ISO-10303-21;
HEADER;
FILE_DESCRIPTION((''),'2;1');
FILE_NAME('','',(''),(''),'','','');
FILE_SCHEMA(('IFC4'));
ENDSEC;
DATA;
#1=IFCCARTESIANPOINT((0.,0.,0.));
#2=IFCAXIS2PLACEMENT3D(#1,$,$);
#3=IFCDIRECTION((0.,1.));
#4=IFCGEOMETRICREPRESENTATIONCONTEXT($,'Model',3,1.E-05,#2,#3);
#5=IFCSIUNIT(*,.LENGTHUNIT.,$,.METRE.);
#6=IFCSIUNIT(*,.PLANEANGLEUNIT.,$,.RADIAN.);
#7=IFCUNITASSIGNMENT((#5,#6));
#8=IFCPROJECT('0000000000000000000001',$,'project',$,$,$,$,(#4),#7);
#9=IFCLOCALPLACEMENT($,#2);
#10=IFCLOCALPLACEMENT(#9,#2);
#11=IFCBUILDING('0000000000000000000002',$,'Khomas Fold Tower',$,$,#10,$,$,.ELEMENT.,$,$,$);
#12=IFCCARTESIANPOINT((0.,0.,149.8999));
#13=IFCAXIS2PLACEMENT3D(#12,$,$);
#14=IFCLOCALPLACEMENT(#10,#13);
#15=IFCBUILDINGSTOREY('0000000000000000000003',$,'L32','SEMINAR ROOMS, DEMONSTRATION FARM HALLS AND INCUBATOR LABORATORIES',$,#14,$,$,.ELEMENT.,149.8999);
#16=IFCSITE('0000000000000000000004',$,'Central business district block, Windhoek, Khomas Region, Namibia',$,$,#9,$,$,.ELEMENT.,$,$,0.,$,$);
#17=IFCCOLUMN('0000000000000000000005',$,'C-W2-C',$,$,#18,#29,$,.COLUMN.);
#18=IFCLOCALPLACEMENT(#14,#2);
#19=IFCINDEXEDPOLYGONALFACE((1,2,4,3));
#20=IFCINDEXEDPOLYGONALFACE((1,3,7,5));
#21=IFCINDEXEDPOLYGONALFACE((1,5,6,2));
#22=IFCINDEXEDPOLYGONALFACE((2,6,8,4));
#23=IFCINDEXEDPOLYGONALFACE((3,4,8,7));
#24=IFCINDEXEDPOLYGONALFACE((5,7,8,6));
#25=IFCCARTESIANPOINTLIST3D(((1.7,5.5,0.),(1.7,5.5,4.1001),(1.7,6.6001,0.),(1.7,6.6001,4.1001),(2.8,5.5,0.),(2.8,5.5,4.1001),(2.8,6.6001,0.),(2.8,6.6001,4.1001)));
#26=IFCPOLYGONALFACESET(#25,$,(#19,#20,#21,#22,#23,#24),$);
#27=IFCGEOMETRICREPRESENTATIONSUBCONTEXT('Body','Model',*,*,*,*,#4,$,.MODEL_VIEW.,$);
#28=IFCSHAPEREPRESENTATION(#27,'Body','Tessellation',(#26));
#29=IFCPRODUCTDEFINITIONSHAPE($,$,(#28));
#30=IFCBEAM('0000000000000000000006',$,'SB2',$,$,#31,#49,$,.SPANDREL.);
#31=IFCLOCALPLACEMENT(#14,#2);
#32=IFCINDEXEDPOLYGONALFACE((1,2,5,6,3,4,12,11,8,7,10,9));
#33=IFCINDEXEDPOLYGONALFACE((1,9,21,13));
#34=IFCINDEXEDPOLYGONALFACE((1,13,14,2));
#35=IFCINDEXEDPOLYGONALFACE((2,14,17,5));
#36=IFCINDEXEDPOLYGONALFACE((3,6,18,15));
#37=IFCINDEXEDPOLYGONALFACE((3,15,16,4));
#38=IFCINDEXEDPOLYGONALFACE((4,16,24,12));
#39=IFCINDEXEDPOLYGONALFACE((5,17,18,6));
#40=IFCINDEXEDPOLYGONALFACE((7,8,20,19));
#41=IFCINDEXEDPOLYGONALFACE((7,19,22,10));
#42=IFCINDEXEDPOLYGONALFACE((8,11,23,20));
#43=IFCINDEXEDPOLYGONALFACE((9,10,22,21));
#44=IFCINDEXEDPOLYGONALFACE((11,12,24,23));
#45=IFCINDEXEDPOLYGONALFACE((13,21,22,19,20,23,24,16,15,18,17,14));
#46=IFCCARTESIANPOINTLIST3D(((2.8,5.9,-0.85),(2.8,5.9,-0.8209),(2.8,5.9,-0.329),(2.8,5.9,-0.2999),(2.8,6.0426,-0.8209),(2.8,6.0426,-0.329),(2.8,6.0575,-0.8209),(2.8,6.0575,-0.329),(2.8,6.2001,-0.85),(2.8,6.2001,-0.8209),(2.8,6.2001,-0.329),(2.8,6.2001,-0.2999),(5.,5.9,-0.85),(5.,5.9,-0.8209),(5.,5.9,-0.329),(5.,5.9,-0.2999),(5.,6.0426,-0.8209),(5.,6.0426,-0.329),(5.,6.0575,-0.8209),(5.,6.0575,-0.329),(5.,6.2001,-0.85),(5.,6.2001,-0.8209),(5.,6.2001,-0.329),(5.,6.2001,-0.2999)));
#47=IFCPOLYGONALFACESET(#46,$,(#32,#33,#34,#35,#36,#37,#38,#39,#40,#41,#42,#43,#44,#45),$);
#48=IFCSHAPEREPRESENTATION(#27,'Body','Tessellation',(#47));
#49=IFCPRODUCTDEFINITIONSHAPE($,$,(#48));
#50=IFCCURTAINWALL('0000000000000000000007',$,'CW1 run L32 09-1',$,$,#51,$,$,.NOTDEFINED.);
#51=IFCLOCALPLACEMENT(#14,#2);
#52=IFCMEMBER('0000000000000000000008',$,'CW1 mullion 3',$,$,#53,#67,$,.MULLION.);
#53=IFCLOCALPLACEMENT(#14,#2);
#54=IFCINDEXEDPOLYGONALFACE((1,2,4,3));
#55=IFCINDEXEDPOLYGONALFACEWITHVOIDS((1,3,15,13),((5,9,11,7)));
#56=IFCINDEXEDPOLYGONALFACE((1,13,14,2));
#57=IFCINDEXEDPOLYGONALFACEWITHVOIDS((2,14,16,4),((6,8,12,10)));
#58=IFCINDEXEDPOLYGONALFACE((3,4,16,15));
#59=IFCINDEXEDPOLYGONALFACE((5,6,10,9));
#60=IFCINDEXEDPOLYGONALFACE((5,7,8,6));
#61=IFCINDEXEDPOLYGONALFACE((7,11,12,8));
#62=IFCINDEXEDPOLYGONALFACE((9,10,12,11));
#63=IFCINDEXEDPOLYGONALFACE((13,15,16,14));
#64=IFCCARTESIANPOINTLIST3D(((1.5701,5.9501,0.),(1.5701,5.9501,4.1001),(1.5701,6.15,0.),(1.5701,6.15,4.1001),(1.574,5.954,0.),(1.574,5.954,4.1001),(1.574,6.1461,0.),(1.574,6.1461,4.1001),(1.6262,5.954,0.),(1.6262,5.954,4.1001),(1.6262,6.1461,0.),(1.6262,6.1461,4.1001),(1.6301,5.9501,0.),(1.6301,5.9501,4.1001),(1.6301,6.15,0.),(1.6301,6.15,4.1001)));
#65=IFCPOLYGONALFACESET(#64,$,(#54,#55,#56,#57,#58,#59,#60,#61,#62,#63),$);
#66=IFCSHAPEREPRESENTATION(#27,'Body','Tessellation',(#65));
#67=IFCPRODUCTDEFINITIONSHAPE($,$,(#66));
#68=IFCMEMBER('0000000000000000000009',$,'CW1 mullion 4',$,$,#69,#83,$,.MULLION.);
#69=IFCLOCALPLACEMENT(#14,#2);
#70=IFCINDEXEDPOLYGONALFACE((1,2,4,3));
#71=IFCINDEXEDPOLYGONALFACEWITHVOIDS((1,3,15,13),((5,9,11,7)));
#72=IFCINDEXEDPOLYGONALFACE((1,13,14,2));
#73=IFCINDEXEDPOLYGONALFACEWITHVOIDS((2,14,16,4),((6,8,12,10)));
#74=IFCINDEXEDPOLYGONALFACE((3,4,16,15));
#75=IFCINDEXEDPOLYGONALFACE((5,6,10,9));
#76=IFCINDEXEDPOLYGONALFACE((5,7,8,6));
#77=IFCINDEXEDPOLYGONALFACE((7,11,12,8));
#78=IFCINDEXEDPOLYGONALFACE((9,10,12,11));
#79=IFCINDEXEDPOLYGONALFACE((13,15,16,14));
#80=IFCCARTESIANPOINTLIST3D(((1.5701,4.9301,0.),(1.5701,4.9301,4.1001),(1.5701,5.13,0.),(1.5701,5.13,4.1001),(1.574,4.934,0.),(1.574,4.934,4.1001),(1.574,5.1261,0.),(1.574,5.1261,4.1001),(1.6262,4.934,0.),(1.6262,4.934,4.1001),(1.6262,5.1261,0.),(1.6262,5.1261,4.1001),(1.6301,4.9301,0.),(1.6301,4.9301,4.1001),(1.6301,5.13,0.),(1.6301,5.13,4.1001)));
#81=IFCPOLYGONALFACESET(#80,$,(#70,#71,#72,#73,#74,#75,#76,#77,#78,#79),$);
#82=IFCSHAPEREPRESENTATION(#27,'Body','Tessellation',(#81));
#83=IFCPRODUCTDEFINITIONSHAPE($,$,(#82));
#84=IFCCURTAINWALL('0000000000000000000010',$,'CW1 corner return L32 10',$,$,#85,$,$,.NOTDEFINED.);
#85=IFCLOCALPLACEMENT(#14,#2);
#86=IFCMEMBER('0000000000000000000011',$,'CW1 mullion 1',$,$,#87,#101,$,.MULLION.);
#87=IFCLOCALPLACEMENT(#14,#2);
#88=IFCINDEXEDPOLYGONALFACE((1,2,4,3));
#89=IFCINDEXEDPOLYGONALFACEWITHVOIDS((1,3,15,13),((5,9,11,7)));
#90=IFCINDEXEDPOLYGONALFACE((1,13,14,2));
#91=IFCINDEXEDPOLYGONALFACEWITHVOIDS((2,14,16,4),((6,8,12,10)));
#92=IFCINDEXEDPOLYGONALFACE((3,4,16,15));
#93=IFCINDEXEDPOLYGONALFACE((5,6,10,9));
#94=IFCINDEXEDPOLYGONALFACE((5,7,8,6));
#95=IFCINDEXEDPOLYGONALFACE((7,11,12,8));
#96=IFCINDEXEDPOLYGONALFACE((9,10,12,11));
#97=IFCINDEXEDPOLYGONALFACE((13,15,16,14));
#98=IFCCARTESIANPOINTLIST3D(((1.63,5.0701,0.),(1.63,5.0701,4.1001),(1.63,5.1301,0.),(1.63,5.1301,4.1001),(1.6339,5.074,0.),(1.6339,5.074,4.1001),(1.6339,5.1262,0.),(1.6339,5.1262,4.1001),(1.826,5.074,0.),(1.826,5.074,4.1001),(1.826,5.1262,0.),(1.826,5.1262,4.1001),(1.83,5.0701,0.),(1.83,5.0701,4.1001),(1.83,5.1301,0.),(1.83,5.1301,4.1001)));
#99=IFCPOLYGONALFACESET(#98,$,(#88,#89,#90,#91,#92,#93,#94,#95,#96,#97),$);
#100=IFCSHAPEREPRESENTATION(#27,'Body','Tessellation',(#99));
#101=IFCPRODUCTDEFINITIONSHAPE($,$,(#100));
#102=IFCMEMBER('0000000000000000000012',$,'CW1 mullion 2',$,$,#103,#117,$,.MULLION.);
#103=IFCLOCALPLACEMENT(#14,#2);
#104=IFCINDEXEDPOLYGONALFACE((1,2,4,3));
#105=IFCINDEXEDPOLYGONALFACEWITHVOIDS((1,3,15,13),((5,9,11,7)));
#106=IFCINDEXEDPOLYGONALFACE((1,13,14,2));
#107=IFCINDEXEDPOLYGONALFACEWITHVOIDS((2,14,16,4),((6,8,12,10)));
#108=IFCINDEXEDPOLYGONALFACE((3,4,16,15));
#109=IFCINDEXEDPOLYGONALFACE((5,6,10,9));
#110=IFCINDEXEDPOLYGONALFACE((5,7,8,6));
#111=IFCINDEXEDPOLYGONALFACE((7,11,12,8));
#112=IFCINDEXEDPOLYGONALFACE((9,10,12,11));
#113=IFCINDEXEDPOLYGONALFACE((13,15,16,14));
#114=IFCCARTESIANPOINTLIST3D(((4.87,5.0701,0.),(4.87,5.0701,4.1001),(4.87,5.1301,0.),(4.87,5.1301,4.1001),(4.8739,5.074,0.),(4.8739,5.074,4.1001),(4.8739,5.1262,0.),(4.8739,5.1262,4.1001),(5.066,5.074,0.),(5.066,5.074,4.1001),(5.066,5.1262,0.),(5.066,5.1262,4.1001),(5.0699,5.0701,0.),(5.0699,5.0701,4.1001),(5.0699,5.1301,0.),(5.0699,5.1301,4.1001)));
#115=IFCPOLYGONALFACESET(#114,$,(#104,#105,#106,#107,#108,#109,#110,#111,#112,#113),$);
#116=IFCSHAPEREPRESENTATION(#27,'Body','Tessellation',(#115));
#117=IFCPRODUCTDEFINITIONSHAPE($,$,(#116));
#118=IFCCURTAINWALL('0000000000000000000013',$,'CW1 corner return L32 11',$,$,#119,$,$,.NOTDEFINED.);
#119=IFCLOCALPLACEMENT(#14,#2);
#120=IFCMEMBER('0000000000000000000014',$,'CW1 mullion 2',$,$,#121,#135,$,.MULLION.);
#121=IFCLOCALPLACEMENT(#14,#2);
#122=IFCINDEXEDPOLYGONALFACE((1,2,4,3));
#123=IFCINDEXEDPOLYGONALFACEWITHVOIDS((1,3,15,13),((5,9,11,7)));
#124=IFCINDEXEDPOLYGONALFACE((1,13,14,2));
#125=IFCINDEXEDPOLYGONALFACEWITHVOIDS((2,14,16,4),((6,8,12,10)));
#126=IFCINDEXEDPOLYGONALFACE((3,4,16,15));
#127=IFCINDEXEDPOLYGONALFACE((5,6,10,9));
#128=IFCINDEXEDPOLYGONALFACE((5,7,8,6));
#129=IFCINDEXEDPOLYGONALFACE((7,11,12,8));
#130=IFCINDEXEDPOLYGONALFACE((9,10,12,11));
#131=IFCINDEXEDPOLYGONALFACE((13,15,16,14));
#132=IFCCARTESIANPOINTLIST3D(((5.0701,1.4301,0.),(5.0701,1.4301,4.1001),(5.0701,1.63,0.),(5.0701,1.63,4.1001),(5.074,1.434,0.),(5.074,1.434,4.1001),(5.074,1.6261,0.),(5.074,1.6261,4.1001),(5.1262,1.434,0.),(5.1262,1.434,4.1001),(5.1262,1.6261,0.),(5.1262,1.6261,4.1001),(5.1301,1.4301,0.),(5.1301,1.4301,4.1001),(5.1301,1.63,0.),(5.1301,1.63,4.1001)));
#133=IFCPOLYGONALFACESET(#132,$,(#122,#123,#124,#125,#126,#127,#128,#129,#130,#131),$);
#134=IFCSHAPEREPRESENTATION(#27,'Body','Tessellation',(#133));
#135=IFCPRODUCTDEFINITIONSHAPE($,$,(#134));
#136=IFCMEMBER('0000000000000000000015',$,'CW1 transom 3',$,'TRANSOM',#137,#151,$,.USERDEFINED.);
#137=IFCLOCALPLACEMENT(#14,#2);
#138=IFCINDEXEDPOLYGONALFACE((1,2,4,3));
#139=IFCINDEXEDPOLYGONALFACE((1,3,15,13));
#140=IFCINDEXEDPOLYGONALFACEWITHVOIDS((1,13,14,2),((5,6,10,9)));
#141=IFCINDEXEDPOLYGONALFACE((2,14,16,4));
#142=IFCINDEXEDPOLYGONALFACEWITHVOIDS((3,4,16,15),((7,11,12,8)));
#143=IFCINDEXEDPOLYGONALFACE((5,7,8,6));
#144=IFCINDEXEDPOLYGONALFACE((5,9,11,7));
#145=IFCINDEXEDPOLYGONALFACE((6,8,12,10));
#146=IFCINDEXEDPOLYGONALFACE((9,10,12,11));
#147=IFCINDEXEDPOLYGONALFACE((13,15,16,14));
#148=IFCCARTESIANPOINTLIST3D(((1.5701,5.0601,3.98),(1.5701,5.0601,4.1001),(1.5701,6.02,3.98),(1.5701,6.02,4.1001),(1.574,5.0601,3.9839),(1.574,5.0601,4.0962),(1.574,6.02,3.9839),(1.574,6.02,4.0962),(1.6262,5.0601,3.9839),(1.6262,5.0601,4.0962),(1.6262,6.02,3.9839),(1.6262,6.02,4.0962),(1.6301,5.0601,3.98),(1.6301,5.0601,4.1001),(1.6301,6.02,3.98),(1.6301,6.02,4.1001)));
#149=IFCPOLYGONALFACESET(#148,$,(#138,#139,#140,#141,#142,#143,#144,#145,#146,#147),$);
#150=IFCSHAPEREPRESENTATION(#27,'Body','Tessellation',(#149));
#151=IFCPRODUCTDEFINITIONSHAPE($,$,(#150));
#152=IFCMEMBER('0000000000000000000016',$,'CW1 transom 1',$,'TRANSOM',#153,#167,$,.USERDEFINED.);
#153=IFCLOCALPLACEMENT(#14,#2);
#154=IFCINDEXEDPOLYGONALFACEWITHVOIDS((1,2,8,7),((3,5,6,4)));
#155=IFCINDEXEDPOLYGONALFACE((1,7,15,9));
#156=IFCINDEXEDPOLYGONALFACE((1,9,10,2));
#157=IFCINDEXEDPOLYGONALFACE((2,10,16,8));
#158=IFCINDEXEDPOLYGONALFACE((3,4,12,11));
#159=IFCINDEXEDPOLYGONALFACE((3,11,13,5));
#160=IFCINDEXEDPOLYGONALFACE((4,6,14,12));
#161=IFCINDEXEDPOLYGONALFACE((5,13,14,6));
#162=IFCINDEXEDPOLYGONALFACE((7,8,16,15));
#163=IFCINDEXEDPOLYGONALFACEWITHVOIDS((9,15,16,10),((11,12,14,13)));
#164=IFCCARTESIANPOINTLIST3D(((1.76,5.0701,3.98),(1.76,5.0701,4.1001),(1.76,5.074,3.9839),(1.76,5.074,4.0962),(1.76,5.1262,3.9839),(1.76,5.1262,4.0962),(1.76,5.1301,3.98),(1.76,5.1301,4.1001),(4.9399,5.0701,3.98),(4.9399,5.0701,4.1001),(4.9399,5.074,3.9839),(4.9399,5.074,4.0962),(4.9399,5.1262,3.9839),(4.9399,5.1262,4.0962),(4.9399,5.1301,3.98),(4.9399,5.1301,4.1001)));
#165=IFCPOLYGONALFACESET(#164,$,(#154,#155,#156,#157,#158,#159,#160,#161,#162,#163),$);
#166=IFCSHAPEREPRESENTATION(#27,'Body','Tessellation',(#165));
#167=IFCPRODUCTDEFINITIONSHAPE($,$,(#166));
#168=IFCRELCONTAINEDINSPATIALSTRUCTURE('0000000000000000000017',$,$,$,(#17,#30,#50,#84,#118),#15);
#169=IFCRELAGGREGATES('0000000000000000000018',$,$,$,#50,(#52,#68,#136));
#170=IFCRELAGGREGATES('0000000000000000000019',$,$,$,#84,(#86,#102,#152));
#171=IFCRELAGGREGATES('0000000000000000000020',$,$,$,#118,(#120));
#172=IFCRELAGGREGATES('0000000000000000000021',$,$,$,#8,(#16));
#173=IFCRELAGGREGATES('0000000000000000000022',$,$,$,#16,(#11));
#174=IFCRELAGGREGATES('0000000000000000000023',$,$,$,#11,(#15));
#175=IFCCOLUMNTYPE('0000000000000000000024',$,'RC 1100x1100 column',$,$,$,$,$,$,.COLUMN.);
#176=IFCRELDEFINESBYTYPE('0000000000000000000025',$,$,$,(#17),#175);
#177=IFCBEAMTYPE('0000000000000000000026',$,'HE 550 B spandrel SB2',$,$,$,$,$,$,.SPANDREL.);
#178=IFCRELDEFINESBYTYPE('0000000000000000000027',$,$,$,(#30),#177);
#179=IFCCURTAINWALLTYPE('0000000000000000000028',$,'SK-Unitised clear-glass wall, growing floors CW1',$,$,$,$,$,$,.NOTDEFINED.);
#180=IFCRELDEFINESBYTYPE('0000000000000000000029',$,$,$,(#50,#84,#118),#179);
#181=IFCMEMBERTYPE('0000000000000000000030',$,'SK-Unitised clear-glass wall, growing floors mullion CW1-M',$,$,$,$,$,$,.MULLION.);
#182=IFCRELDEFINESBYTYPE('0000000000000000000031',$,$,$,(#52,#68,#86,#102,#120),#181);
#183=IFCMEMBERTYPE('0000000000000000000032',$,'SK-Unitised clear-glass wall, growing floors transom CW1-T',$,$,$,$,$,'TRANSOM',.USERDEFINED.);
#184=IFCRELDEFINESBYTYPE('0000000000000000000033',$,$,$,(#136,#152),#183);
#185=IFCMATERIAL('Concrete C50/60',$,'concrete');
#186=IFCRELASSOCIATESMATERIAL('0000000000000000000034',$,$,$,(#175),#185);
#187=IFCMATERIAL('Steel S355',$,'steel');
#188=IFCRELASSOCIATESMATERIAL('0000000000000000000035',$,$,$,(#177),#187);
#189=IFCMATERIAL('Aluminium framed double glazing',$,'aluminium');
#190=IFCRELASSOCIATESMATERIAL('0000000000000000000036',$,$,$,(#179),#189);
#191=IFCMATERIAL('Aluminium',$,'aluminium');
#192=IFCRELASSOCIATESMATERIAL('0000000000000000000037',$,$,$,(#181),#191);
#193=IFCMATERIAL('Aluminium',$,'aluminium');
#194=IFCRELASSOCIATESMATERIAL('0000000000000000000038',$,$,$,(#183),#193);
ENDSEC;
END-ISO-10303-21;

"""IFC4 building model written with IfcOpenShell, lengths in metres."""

from ifc_helpers import new_model, si_unit, direction, frame, origin, origin_2d, place, context, subcontext, project, spatial, rectangle, hollow_rectangle, i_section, extrude, source, transform, mapped, material, material_profile, profile_set, type_object, element, aggregate, save


model = new_model("IFC4")

# Units and contexts
model_context = context("Model", 3, precision=1e-05, world=origin(), true_north=direction((0.0, 1.0)))
body_context = subcontext(model_context, "Body", "Model", "MODEL_VIEW")
ifc_project = project(units=[si_unit("LENGTHUNIT", "METRE"), si_unit("PLANEANGLEUNIT", "RADIAN")], contexts=[model_context])

# Site, building, storey
site_placement = place(None, origin())
site = spatial("IfcSite", under=ifc_project, at=site_placement, Name="Central business district block, Windhoek, Khomas Region, Namibia", CompositionType="ELEMENT", RefElevation=0.0)
building_placement = place(site_placement, origin())
building = spatial("IfcBuilding", under=site, at=building_placement, Name="Khomas Fold Tower", CompositionType="ELEMENT")
storey_placement = place(building_placement, frame((0.0, 0.0, 149.8999)))
storey = spatial("IfcBuildingStorey", under=building, at=storey_placement, Name="L32", Description="SEMINAR ROOMS, DEMONSTRATION FARM HALLS AND INCUBATOR LABORATORIES", CompositionType="ELEMENT", Elevation=149.8999)

# Column
ifc_material_1 = material(Name="Concrete C50/60", Category="concrete")
ifc_material_profile_1 = material_profile(ifc_material_1, rectangle(XDim=1.1001, YDim=1.1001, at=origin_2d()), Name="RC 1100x1100")
ifc_profile_set_1 = profile_set([ifc_material_profile_1], Name="Concrete C50/60")
column_type = type_object("IfcColumnType", Name="RC 1100x1100 column", PredefinedType="COLUMN", material=ifc_profile_set_1)
shared_shape_1 = source(origin(), body_context, "Body", "SweptSolid", [
    extrude(rectangle(XDim=1.1001, YDim=1.1001, at=origin_2d()), origin(), (0.0, 0.0, 1.0), 4.1001),
])
column_placement = place(storey_placement, frame((2.25, 6.05, 0.0), z_axis=(0.0, 0.0, 1.0), x_axis=(1.0, 0.0, 0.0)))
element("IfcColumn", 1, at=column_placement, inside=storey, type_object=column_type, Name="C-W2-C", PredefinedType="COLUMN", context=body_context, shape_type="MappedRepresentation", body=[
    mapped(shared_shape_1, transform((0.0, 0.0, 0.0))),
])

# Beam
ifc_material_2 = material(Name="Steel S355", Category="steel")
ifc_material_profile_2 = material_profile(ifc_material_2, i_section(OverallWidth=0.3, OverallDepth=0.55, WebThickness=0.0149, FlangeThickness=0.0291, at=origin_2d()), Name="HE 550 B")
ifc_profile_set_2 = profile_set([ifc_material_profile_2], Name="Steel S355")
beam_type = type_object("IfcBeamType", Name="HE 550 B spandrel SB2", PredefinedType="SPANDREL", material=ifc_profile_set_2)
shared_shape_2 = source(origin(), body_context, "Body", "SweptSolid", [
    extrude(i_section(OverallWidth=0.3, OverallDepth=0.55, WebThickness=0.0149, FlangeThickness=0.0291, at=origin_2d()), origin(), (0.0, 0.0, 1.0), 2.2),
])
beam_placement = place(storey_placement, frame((2.8, 6.05, -0.575), z_axis=(1.0, 0.0, 0.0), x_axis=(0.0, 1.0, 0.0)))
element("IfcBeam", 2, at=beam_placement, inside=storey, type_object=beam_type, Name="SB2", PredefinedType="SPANDREL", context=body_context, shape_type="MappedRepresentation", body=[
    mapped(shared_shape_2, transform((0.0, 0.0, 0.0))),
])

# Curtain walls, members
ifc_material_3 = material(Name="Aluminium framed double glazing", Category="aluminium")
curtain_wall_type = type_object("IfcCurtainWallType", Name="SK-Unitised clear-glass wall, growing floors CW1", PredefinedType="NOTDEFINED", material=ifc_material_3)
curtain_wall_1_placement = place(storey_placement, origin())
curtain_wall_1 = element("IfcCurtainWall", 3, at=curtain_wall_1_placement, inside=storey, type_object=curtain_wall_type, Name="CW1 run L32 09-1", PredefinedType="NOTDEFINED")
ifc_material_4 = material(Name="Aluminium", Category="aluminium")
ifc_material_profile_3 = material_profile(ifc_material_4, hollow_rectangle(XDim=0.0601, YDim=0.2, WallThickness=0.0039, at=origin_2d()), Name="SK-Unitised clear-glass wall, growing floors mullion CW1-M")
ifc_profile_set_3 = profile_set([ifc_material_profile_3], Name="Aluminium")
member_type_1 = type_object("IfcMemberType", Name="SK-Unitised clear-glass wall, growing floors mullion CW1-M", PredefinedType="MULLION", material=ifc_profile_set_3)
shared_shape_3 = source(origin(), body_context, "Body", "SweptSolid", [
    extrude(hollow_rectangle(XDim=0.0601, YDim=0.2, WallThickness=0.0039, at=origin_2d()), origin(), (0.0, 0.0, 1.0), 4.1001),
])
member_1_placement = place(storey_placement, frame((1.6001, 6.05, 0.0), z_axis=(0.0, 0.0, 1.0), x_axis=(1.0, 0.0, 0.0)))
member_1 = element("IfcMember", 4, at=member_1_placement, type_object=member_type_1, Name="CW1 mullion 3", PredefinedType="MULLION", context=body_context, shape_type="MappedRepresentation", body=[
    mapped(shared_shape_3, transform((0.0, 0.0, 0.0))),
])
member_2_placement = place(storey_placement, frame((1.6001, 5.03, 0.0), z_axis=(0.0, 0.0, 1.0), x_axis=(1.0, 0.0, 0.0)))
member_2 = element("IfcMember", 5, at=member_2_placement, type_object=member_type_1, Name="CW1 mullion 4", PredefinedType="MULLION", context=body_context, shape_type="MappedRepresentation", body=[
    mapped(shared_shape_3, transform((0.0, 0.0, 0.0))),
])
curtain_wall_2_placement = place(storey_placement, origin())
curtain_wall_2 = element("IfcCurtainWall", 6, at=curtain_wall_2_placement, inside=storey, type_object=curtain_wall_type, Name="CW1 corner return L32 10", PredefinedType="NOTDEFINED")
member_3_placement = place(storey_placement, frame((1.73, 5.1001, 0.0), z_axis=(0.0, 0.0, 1.0), x_axis=(0.0, 1.0, 0.0)))
member_3 = element("IfcMember", 7, at=member_3_placement, type_object=member_type_1, Name="CW1 mullion 1", PredefinedType="MULLION", context=body_context, shape_type="MappedRepresentation", body=[
    mapped(shared_shape_3, transform((0.0, 0.0, 0.0))),
])
member_4_placement = place(storey_placement, frame((4.97, 5.1001, 0.0), z_axis=(0.0, 0.0, 1.0), x_axis=(0.0, 1.0, 0.0)))
member_4 = element("IfcMember", 8, at=member_4_placement, type_object=member_type_1, Name="CW1 mullion 2", PredefinedType="MULLION", context=body_context, shape_type="MappedRepresentation", body=[
    mapped(shared_shape_3, transform((0.0, 0.0, 0.0))),
])

# Curtain wall, member
curtain_wall_3_placement = place(storey_placement, origin())
curtain_wall_3 = element("IfcCurtainWall", 9, at=curtain_wall_3_placement, inside=storey, type_object=curtain_wall_type, Name="CW1 corner return L32 11", PredefinedType="NOTDEFINED")
member_5_placement = place(storey_placement, frame((5.1001, 1.53, 0.0), z_axis=(0.0, 0.0, 1.0), x_axis=(1.0, 0.0, 0.0)))
member_5 = element("IfcMember", 10, at=member_5_placement, type_object=member_type_1, Name="CW1 mullion 2", PredefinedType="MULLION", context=body_context, shape_type="MappedRepresentation", body=[
    mapped(shared_shape_3, transform((0.0, 0.0, 0.0))),
])

# Members
ifc_material_5 = material(Name="Aluminium", Category="aluminium")
ifc_material_profile_4 = material_profile(ifc_material_5, hollow_rectangle(XDim=0.0601, YDim=0.1201, WallThickness=0.0039, at=origin_2d()), Name="SK-Unitised clear-glass wall, growing floors transom CW1-T")
ifc_profile_set_4 = profile_set([ifc_material_profile_4], Name="Aluminium")
member_type_2 = type_object("IfcMemberType", Name="SK-Unitised clear-glass wall, growing floors transom CW1-T", ElementType="TRANSOM", PredefinedType="USERDEFINED", material=ifc_profile_set_4)
shared_shape_4 = source(origin(), body_context, "Body", "SweptSolid", [
    extrude(hollow_rectangle(XDim=0.0601, YDim=0.1201, WallThickness=0.0039, at=origin_2d()), origin(), (0.0, 0.0, 1.0), 0.96),
])
member_6_placement = place(storey_placement, frame((1.6001, 6.02, 4.04), z_axis=(0.0, -1.0, 0.0), x_axis=(1.0, 0.0, 0.0)))
member_6 = element("IfcMember", 11, at=member_6_placement, type_object=member_type_2, Name="CW1 transom 3", ObjectType="TRANSOM", PredefinedType="USERDEFINED", context=body_context, shape_type="MappedRepresentation", body=[
    mapped(shared_shape_4, transform((0.0, 0.0, 0.0))),
])
shared_shape_5 = source(origin(), body_context, "Body", "SweptSolid", [
    extrude(hollow_rectangle(XDim=0.0601, YDim=0.1201, WallThickness=0.0039, at=origin_2d()), origin(), (0.0, 0.0, 1.0), 3.1799),
])
member_7_placement = place(storey_placement, frame((1.76, 5.1001, 4.04), z_axis=(1.0, 0.0, 0.0), x_axis=(0.0, 1.0, 0.0)))
member_7 = element("IfcMember", 12, at=member_7_placement, type_object=member_type_2, Name="CW1 transom 1", ObjectType="TRANSOM", PredefinedType="USERDEFINED", context=body_context, shape_type="MappedRepresentation", body=[
    mapped(shared_shape_5, transform((0.0, 0.0, 0.0))),
])

aggregate(curtain_wall_1, [member_1, member_2, member_6])
aggregate(curtain_wall_2, [member_3, member_4, member_7])
aggregate(curtain_wall_3, [member_5])

save(model, "model.ifc")
